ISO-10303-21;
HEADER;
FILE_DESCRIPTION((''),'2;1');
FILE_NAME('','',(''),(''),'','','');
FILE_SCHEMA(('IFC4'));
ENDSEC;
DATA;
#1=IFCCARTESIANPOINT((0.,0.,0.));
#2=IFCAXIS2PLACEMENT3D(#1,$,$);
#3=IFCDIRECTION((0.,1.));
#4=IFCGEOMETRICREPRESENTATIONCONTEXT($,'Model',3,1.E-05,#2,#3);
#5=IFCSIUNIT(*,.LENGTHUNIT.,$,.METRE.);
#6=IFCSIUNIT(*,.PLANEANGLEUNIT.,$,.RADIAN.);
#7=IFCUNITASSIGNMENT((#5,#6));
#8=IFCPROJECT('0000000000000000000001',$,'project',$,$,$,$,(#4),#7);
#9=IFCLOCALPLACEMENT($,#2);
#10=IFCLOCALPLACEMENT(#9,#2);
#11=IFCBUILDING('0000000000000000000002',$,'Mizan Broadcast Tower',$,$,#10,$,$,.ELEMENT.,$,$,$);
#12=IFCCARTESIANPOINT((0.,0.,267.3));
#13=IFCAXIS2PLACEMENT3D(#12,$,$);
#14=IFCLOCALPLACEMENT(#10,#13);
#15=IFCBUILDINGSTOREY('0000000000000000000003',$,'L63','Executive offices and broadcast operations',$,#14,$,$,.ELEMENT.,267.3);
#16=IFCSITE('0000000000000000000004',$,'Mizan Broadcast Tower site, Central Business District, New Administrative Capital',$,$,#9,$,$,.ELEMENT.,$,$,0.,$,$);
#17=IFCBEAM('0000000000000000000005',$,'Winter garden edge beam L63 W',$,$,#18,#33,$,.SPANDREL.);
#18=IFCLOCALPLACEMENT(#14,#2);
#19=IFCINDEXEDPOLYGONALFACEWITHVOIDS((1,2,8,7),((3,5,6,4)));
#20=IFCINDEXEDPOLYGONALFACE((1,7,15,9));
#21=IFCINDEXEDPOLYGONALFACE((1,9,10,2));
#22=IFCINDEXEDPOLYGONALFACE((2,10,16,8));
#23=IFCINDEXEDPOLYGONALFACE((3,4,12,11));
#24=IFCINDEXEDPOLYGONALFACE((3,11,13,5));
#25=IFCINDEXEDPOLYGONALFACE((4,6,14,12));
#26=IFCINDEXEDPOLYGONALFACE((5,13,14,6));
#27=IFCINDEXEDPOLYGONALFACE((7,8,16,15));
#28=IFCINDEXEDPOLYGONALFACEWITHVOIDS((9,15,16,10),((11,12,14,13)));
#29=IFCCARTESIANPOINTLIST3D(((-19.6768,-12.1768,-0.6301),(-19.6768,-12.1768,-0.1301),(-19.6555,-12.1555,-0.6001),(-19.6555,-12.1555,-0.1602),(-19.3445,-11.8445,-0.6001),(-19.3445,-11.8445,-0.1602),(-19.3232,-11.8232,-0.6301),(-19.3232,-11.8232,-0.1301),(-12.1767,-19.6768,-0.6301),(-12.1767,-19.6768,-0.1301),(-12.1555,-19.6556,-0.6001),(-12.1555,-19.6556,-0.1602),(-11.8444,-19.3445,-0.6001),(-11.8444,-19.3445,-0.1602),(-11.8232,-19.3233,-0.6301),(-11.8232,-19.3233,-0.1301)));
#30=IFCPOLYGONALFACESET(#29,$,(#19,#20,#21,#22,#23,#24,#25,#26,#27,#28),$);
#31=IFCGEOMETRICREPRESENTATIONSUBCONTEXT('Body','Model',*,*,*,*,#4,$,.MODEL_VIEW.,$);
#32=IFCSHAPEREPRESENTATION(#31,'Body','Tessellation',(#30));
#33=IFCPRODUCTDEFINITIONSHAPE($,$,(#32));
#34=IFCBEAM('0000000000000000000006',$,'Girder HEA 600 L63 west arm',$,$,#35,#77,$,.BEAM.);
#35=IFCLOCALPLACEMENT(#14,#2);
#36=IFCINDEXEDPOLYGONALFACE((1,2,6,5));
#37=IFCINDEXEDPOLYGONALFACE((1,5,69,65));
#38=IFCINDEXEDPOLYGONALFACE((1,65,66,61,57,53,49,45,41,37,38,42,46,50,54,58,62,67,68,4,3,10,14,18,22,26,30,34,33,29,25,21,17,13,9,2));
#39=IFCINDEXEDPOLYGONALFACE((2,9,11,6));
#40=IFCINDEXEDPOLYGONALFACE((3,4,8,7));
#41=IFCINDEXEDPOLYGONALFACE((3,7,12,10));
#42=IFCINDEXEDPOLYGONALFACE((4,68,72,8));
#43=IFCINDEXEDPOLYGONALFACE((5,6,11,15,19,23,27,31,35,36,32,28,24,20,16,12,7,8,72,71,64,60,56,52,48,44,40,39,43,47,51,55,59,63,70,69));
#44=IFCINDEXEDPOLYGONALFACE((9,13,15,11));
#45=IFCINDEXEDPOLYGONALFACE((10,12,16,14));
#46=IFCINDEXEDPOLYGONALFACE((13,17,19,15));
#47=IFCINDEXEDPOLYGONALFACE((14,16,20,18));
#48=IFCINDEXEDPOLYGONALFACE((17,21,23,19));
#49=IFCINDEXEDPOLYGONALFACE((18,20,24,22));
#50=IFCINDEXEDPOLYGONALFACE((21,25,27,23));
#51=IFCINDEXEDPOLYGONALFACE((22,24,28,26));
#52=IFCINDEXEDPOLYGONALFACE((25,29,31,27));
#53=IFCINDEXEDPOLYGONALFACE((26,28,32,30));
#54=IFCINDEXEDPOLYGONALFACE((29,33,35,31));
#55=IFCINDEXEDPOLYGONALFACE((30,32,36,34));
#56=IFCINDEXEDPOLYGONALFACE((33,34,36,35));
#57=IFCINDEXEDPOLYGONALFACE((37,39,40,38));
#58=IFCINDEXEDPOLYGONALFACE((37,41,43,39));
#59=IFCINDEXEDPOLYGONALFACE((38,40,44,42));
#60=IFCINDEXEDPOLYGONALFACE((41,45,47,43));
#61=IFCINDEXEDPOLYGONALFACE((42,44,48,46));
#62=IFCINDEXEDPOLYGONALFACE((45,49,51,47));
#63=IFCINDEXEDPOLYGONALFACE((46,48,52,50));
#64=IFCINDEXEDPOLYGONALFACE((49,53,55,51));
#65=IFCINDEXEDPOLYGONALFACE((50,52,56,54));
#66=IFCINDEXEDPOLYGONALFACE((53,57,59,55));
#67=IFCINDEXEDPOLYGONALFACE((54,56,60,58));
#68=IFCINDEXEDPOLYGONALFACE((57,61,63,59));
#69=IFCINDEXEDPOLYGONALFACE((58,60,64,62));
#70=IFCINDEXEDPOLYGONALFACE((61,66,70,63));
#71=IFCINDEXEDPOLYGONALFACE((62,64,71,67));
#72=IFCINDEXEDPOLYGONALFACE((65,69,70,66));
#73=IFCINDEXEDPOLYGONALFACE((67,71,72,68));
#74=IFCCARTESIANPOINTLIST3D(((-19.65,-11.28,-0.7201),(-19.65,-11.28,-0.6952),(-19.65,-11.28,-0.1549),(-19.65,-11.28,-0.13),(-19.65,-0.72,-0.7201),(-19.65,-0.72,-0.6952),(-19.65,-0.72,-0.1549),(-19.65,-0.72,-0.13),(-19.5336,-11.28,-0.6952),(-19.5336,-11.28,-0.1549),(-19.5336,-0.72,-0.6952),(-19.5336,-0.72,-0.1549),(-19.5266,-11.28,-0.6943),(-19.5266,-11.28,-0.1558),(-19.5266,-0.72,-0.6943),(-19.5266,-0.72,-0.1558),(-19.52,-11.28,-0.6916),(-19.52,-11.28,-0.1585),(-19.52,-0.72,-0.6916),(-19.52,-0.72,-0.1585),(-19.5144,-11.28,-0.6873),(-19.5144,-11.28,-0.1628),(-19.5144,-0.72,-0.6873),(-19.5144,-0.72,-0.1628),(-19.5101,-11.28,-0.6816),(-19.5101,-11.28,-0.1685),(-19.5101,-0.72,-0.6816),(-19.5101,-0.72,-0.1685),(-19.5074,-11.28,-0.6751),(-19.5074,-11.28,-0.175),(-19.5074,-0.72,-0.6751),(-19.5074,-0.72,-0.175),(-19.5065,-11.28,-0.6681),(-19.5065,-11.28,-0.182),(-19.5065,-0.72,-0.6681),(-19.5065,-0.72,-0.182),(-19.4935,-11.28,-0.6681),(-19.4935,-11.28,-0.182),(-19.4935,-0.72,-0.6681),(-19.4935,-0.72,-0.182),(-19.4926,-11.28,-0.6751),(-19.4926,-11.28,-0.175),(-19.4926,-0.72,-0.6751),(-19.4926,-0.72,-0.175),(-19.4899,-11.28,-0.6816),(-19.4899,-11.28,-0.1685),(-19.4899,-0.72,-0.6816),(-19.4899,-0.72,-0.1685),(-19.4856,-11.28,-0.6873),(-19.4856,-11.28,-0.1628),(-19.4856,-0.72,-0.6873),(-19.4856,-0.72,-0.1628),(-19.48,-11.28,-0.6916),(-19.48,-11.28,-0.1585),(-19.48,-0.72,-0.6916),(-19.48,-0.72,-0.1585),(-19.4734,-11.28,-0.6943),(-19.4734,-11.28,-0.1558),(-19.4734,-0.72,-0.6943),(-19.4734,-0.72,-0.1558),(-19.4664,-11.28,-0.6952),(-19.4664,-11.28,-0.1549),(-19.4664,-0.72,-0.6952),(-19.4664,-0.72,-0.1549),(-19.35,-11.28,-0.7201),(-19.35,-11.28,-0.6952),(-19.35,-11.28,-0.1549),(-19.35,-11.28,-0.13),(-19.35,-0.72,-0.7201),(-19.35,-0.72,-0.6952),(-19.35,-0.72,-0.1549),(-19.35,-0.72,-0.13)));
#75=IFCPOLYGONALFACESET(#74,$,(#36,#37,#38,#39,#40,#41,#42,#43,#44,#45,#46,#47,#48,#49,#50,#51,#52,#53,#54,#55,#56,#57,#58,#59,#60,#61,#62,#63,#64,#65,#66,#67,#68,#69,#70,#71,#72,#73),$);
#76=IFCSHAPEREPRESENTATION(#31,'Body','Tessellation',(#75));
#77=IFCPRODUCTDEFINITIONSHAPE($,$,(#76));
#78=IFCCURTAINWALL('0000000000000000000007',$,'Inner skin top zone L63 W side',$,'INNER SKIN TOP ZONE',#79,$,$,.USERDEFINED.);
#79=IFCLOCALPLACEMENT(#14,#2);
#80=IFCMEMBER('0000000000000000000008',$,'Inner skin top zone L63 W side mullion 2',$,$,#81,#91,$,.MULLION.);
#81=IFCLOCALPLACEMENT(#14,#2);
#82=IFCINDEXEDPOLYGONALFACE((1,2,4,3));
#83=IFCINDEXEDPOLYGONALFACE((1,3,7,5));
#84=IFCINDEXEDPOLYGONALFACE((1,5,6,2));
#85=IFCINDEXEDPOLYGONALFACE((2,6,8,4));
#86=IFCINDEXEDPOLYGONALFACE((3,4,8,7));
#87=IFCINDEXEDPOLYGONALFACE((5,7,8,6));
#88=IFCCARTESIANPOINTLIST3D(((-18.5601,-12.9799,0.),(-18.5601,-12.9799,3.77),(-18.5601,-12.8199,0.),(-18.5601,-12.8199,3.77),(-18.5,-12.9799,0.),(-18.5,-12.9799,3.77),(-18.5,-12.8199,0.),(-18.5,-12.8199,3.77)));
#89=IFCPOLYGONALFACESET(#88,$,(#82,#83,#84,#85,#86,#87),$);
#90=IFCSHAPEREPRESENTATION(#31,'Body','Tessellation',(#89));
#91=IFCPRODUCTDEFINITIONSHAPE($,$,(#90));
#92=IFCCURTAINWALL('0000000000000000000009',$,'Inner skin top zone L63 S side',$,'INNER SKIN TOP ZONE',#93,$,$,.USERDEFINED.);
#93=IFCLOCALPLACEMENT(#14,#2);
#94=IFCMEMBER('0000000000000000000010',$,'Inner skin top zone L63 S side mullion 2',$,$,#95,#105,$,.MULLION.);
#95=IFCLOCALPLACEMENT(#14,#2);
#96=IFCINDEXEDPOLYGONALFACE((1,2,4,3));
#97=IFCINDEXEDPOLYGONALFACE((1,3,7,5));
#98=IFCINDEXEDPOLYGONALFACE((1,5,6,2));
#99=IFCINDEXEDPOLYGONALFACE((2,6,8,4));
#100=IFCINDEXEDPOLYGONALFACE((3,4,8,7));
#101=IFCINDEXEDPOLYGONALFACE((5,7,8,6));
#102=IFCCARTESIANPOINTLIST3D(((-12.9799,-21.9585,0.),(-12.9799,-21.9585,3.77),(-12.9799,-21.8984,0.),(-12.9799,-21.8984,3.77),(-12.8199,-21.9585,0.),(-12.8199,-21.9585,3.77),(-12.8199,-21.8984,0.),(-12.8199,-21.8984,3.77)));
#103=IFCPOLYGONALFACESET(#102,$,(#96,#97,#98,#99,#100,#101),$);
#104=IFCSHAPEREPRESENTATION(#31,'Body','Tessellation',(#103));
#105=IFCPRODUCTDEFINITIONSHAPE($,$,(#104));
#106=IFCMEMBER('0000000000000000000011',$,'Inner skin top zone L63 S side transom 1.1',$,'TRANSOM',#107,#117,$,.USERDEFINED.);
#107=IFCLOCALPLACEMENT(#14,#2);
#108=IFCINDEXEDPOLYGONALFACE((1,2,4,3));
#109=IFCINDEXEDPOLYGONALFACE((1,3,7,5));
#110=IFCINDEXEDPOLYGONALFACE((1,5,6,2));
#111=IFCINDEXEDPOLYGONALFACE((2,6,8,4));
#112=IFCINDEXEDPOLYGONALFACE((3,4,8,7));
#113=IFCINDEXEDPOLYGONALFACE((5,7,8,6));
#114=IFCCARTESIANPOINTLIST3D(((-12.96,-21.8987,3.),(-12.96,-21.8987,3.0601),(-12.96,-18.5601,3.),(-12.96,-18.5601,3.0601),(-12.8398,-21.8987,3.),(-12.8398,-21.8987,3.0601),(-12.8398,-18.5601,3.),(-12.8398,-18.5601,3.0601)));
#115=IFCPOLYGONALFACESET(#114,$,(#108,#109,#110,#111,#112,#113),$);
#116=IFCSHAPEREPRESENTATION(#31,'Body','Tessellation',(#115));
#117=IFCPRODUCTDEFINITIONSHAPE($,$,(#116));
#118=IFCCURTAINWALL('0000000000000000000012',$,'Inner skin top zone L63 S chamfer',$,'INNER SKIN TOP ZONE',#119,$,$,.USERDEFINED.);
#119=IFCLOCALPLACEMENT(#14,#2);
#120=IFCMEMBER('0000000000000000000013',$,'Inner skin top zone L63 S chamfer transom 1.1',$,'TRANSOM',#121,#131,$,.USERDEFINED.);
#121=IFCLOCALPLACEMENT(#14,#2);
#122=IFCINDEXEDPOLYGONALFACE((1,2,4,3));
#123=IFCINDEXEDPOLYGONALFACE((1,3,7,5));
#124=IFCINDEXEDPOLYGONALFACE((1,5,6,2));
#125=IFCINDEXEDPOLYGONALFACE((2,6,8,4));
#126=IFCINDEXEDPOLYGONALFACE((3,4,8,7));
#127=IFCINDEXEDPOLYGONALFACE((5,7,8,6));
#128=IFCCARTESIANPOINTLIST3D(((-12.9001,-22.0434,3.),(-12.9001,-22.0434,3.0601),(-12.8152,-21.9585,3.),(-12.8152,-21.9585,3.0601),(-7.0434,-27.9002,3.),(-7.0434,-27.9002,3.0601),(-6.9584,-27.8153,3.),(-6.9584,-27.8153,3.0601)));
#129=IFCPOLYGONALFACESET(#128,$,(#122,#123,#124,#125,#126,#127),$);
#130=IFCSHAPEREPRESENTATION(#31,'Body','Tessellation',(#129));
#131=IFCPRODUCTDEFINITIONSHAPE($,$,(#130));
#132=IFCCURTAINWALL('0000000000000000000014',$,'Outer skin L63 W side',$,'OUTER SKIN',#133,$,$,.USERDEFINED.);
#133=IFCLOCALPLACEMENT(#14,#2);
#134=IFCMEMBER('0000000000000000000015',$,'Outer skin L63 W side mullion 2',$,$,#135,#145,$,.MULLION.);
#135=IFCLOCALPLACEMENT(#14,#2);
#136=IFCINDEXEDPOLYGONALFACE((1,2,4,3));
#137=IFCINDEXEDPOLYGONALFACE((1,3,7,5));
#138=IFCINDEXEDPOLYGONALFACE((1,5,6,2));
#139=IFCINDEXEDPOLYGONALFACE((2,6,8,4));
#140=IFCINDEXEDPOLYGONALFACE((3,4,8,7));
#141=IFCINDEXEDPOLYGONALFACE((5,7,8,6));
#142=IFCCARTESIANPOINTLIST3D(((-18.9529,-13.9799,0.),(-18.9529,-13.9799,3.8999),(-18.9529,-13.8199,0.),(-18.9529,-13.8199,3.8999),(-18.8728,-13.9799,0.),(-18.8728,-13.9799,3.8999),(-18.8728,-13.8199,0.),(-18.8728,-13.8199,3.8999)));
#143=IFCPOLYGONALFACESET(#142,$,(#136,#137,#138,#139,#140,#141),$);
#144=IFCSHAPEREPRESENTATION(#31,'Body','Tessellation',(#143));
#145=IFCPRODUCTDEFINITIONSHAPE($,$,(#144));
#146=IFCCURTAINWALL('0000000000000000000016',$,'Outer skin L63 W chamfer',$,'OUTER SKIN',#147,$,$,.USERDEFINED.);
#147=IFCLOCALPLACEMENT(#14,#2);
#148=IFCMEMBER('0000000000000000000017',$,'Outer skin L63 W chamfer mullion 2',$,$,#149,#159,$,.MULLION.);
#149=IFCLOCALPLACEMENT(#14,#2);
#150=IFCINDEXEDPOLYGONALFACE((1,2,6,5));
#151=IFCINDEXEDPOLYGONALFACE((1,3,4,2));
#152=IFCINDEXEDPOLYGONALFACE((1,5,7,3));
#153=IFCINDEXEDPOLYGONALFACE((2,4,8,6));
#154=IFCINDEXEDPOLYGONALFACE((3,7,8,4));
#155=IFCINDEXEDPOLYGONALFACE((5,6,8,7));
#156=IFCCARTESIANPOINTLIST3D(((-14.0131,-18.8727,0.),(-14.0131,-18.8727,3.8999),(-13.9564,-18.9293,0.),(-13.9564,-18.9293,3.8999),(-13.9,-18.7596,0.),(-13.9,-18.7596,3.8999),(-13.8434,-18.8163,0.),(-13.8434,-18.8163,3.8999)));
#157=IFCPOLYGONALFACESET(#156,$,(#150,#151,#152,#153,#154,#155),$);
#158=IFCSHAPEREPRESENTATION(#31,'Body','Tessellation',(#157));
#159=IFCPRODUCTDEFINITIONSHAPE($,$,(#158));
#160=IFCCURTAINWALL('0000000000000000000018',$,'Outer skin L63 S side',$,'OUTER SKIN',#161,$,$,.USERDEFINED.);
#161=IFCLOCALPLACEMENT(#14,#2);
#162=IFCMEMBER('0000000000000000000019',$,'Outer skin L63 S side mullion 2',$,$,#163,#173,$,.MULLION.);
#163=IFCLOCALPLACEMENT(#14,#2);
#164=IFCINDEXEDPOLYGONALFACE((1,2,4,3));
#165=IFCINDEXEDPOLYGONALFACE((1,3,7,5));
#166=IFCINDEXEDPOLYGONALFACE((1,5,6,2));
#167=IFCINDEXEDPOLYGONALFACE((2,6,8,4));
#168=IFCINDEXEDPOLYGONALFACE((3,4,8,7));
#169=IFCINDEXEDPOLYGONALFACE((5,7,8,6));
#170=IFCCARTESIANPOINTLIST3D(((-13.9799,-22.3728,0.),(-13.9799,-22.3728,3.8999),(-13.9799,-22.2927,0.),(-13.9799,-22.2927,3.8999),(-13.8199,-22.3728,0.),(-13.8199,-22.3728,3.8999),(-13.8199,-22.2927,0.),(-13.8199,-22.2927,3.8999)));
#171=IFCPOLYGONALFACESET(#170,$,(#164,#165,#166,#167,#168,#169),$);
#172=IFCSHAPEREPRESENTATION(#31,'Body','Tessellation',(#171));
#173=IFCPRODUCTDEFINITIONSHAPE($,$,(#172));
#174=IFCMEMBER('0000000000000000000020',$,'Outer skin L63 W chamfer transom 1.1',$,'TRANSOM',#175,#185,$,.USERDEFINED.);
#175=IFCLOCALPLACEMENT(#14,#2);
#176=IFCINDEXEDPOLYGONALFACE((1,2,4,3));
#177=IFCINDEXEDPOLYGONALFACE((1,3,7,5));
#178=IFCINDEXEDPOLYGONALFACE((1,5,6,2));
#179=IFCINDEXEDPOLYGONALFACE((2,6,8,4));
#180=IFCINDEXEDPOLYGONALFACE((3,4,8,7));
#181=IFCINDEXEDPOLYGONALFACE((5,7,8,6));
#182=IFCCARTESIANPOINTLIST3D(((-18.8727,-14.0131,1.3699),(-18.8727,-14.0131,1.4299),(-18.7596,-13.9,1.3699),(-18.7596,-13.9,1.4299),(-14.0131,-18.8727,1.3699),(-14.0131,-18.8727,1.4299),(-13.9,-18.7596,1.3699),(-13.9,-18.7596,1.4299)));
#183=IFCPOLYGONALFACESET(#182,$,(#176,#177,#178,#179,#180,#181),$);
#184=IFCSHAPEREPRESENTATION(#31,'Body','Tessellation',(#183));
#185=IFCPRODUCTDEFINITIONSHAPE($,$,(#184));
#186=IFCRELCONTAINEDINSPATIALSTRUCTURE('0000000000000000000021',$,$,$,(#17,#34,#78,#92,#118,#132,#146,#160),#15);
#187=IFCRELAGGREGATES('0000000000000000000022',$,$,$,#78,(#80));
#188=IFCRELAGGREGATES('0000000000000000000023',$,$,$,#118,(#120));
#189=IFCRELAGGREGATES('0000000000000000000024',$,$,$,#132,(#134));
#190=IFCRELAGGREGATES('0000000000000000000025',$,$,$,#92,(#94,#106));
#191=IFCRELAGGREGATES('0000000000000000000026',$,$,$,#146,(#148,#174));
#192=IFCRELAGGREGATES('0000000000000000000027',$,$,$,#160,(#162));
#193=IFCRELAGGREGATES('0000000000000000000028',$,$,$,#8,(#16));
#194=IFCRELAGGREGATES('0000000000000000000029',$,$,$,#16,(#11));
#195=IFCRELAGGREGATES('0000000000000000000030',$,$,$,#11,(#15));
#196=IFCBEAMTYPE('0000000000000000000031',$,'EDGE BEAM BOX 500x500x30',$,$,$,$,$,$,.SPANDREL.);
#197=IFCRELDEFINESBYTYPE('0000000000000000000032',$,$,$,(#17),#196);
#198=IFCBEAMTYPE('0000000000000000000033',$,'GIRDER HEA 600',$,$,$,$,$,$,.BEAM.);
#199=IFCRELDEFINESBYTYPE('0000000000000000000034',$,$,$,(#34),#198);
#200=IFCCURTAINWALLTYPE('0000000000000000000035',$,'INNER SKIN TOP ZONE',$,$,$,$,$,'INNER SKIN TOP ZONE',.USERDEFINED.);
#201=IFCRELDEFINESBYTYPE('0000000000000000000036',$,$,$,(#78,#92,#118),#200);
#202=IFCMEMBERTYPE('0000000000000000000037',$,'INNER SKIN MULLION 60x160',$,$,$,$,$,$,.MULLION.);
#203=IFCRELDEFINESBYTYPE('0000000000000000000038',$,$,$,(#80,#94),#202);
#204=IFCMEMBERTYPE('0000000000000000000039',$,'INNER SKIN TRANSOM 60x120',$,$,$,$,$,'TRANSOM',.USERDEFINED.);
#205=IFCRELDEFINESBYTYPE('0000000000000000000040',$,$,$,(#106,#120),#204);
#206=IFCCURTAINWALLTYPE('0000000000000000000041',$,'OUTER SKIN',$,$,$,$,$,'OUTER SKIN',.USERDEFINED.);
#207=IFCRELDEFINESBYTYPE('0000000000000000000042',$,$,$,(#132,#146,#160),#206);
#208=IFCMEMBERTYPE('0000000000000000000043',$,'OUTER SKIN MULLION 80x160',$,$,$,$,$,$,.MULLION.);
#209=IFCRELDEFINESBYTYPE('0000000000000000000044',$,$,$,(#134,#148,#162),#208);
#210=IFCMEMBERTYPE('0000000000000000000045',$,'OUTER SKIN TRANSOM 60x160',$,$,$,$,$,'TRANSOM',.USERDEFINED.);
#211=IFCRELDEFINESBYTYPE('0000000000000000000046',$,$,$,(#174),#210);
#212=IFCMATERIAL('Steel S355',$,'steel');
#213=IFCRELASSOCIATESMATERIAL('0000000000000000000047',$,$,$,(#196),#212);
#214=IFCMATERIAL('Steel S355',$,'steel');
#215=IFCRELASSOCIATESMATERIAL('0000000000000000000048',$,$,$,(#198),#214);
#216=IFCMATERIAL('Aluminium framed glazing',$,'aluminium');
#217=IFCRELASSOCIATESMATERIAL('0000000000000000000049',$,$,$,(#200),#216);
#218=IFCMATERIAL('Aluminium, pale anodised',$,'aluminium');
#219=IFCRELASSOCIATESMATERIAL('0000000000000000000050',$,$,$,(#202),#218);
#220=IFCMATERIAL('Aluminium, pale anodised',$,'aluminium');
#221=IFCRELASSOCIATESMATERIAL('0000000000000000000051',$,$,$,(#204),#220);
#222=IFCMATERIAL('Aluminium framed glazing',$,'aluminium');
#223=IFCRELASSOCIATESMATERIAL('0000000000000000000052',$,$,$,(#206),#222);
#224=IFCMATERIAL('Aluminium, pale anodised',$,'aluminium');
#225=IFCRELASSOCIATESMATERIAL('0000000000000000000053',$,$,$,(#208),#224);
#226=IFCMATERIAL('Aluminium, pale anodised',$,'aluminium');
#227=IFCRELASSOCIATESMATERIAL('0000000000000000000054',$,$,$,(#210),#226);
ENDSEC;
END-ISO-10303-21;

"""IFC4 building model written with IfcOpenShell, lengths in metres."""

from ifc_helpers import new_model, si_unit, direction, frame, origin, origin_2d, place, context, subcontext, project, spatial, rectangle, hollow_rectangle, i_section, extrude, material, material_profile, profile_set, type_object, element, aggregate, save


model = new_model("IFC4")

# Units and contexts
model_context = context("Model", 3, precision=1e-05, world=origin(), true_north=direction((0.0, 1.0)))
body_context = subcontext(model_context, "Body", "Model", "MODEL_VIEW")
ifc_project = project(units=[si_unit("LENGTHUNIT", "METRE"), si_unit("PLANEANGLEUNIT", "RADIAN")], contexts=[model_context])

# Site, building, storey
site_placement = place(None, origin())
site = spatial("IfcSite", under=ifc_project, at=site_placement, Name="Mizan Broadcast Tower site, Central Business District, New Administrative Capital", CompositionType="ELEMENT", RefElevation=0.0)
building_placement = place(site_placement, origin())
building = spatial("IfcBuilding", under=site, at=building_placement, Name="Mizan Broadcast Tower", CompositionType="ELEMENT")
storey_placement = place(building_placement, frame((0.0, 0.0, 267.3)))
storey = spatial("IfcBuildingStorey", under=building, at=storey_placement, Name="L63", Description="Executive offices and broadcast operations", CompositionType="ELEMENT", Elevation=267.3)

# Beams
ifc_material_1 = material(Name="Steel S355", Category="steel")
ifc_material_profile_1 = material_profile(ifc_material_1, hollow_rectangle(XDim=0.5, YDim=0.5, WallThickness=0.03, at=origin_2d()), Name="BOX 500x500x30")
ifc_profile_set_1 = profile_set([ifc_material_profile_1], Name="Steel S355")
beam_type_1 = type_object("IfcBeamType", Name="EDGE BEAM BOX 500x500x30", PredefinedType="SPANDREL", material=ifc_profile_set_1)
beam_1_placement = place(storey_placement, frame((-19.5, -12.0, -0.3801), z_axis=(0.707107, -0.707107, 0.0), x_axis=(0.707107, 0.707107, 0.0)))
element("IfcBeam", 1, at=beam_1_placement, inside=storey, type_object=beam_type_1, Name="Winter garden edge beam L63 W", PredefinedType="SPANDREL", context=body_context, shape_type="SweptSolid", body=[
    extrude(hollow_rectangle(XDim=0.5, YDim=0.5, WallThickness=0.03, at=origin_2d()), origin(), (0.0, 0.0, 1.0), 10.6067),
])
ifc_material_2 = material(Name="Steel S355", Category="steel")
ifc_material_profile_2 = material_profile(ifc_material_2, i_section(OverallWidth=0.3, OverallDepth=0.5901, WebThickness=0.0129, FlangeThickness=0.0249, FilletRadius=0.0271, at=origin_2d()), Name="HEA 600")
ifc_profile_set_2 = profile_set([ifc_material_profile_2], Name="Steel S355")
beam_type_2 = type_object("IfcBeamType", Name="GIRDER HEA 600", PredefinedType="BEAM", material=ifc_profile_set_2)
beam_2_placement = place(storey_placement, frame((-19.5, -11.28, -0.425), z_axis=(0.0, 1.0, 0.0), x_axis=(-1.0, 0.0, 0.0)))
element("IfcBeam", 2, at=beam_2_placement, inside=storey, type_object=beam_type_2, Name="Girder HEA 600 L63 west arm", PredefinedType="BEAM", context=body_context, shape_type="SweptSolid", body=[
    extrude(i_section(OverallWidth=0.3, OverallDepth=0.5901, WebThickness=0.0129, FlangeThickness=0.0249, FilletRadius=0.0271, at=origin_2d()), origin(), (0.0, 0.0, 1.0), 10.5601),
])

# Curtain wall, member
ifc_material_3 = material(Name="Aluminium framed glazing", Category="aluminium")
curtain_wall_type_1 = type_object("IfcCurtainWallType", Name="INNER SKIN TOP ZONE", ElementType="INNER SKIN TOP ZONE", PredefinedType="USERDEFINED", material=ifc_material_3)
curtain_wall_1_placement = place(storey_placement, origin())
curtain_wall_1 = element("IfcCurtainWall", 3, at=curtain_wall_1_placement, inside=storey, type_object=curtain_wall_type_1, Name="Inner skin top zone L63 W side", ObjectType="INNER SKIN TOP ZONE", PredefinedType="USERDEFINED")
ifc_material_4 = material(Name="Aluminium, pale anodised", Category="aluminium")
ifc_material_profile_3 = material_profile(ifc_material_4, rectangle(XDim=0.1599, YDim=0.0601, at=origin_2d()), Name="MULLION 160x60")
ifc_profile_set_3 = profile_set([ifc_material_profile_3], Name="Aluminium, pale anodised")
member_type_1 = type_object("IfcMemberType", Name="INNER SKIN MULLION 60x160", PredefinedType="MULLION", material=ifc_profile_set_3)
member_1_placement = place(storey_placement, frame((-18.53, -12.8999, 0.0), z_axis=(0.0, 0.0, 1.0), x_axis=(0.0, 1.0, 0.0)))
member_1 = element("IfcMember", 4, at=member_1_placement, type_object=member_type_1, Name="Inner skin top zone L63 W side mullion 2", PredefinedType="MULLION", context=body_context, shape_type="SweptSolid", body=[
    extrude(rectangle(XDim=0.1599, YDim=0.0601, at=origin_2d()), origin(), (0.0, 0.0, 1.0), 3.77),
])
aggregate(curtain_wall_1, [member_1])

# Curtain wall, members
curtain_wall_2_placement = place(storey_placement, origin())
curtain_wall_2 = element("IfcCurtainWall", 5, at=curtain_wall_2_placement, inside=storey, type_object=curtain_wall_type_1, Name="Inner skin top zone L63 S side", ObjectType="INNER SKIN TOP ZONE", PredefinedType="USERDEFINED")
member_2_placement = place(storey_placement, frame((-12.8999, -21.9285, 0.0), z_axis=(0.0, 0.0, 1.0), x_axis=(1.0, 0.0, 0.0)))
member_2 = element("IfcMember", 6, at=member_2_placement, type_object=member_type_1, Name="Inner skin top zone L63 S side mullion 2", PredefinedType="MULLION", context=body_context, shape_type="SweptSolid", body=[
    extrude(rectangle(XDim=0.1599, YDim=0.0601, at=origin_2d()), origin(), (0.0, 0.0, 1.0), 3.77),
])
ifc_material_5 = material(Name="Aluminium, pale anodised", Category="aluminium")
ifc_material_profile_4 = material_profile(ifc_material_5, rectangle(XDim=0.1201, YDim=0.0601, at=origin_2d()), Name="TRANSOM 120x60")
ifc_profile_set_4 = profile_set([ifc_material_profile_4], Name="Aluminium, pale anodised")
member_type_2 = type_object("IfcMemberType", Name="INNER SKIN TRANSOM 60x120", ElementType="TRANSOM", PredefinedType="USERDEFINED", material=ifc_profile_set_4)
member_3_placement = place(storey_placement, frame((-12.8999, -18.5601, 3.03), z_axis=(0.0, -1.0, 0.0), x_axis=(1.0, 0.0, 0.0)))
member_3 = element("IfcMember", 7, at=member_3_placement, type_object=member_type_2, Name="Inner skin top zone L63 S side transom 1.1", ObjectType="TRANSOM", PredefinedType="USERDEFINED", context=body_context, shape_type="SweptSolid", body=[
    extrude(rectangle(XDim=0.1201, YDim=0.0601, at=origin_2d()), origin(), (0.0, 0.0, 1.0), 3.3386),
])

# Curtain walls, members
curtain_wall_3_placement = place(storey_placement, origin())
curtain_wall_3 = element("IfcCurtainWall", 8, at=curtain_wall_3_placement, inside=storey, type_object=curtain_wall_type_1, Name="Inner skin top zone L63 S chamfer", ObjectType="INNER SKIN TOP ZONE", PredefinedType="USERDEFINED")
member_4_placement = place(storey_placement, frame((-12.8577, -22.001, 3.03), z_axis=(0.707107, -0.707107, 0.0), x_axis=(0.707107, 0.707107, 0.0)))
member_4 = element("IfcMember", 9, at=member_4_placement, type_object=member_type_2, Name="Inner skin top zone L63 S chamfer transom 1.1", ObjectType="TRANSOM", PredefinedType="USERDEFINED", context=body_context, shape_type="SweptSolid", body=[
    extrude(rectangle(XDim=0.1201, YDim=0.0601, at=origin_2d()), origin(), (0.0, 0.0, 1.0), 8.2827),
])
aggregate(curtain_wall_3, [member_4])
ifc_material_6 = material(Name="Aluminium framed glazing", Category="aluminium")
curtain_wall_type_2 = type_object("IfcCurtainWallType", Name="OUTER SKIN", ElementType="OUTER SKIN", PredefinedType="USERDEFINED", material=ifc_material_6)
curtain_wall_4_placement = place(storey_placement, origin())
curtain_wall_4 = element("IfcCurtainWall", 10, at=curtain_wall_4_placement, inside=storey, type_object=curtain_wall_type_2, Name="Outer skin L63 W side", ObjectType="OUTER SKIN", PredefinedType="USERDEFINED")
ifc_material_7 = material(Name="Aluminium, pale anodised", Category="aluminium")
ifc_material_profile_5 = material_profile(ifc_material_7, rectangle(XDim=0.1599, YDim=0.0801, at=origin_2d()), Name="MULLION 160x80")
ifc_profile_set_5 = profile_set([ifc_material_profile_5], Name="Aluminium, pale anodised")
member_type_3 = type_object("IfcMemberType", Name="OUTER SKIN MULLION 80x160", PredefinedType="MULLION", material=ifc_profile_set_5)
member_5_placement = place(storey_placement, frame((-18.9128, -13.8999, 0.0), z_axis=(0.0, 0.0, 1.0), x_axis=(0.0, 1.0, 0.0)))
member_5 = element("IfcMember", 11, at=member_5_placement, type_object=member_type_3, Name="Outer skin L63 W side mullion 2", PredefinedType="MULLION", context=body_context, shape_type="SweptSolid", body=[
    extrude(rectangle(XDim=0.1599, YDim=0.0801, at=origin_2d()), origin(), (0.0, 0.0, 1.0), 3.8999),
])
aggregate(curtain_wall_4, [member_5])
curtain_wall_5_placement = place(storey_placement, origin())
curtain_wall_5 = element("IfcCurtainWall", 12, at=curtain_wall_5_placement, inside=storey, type_object=curtain_wall_type_2, Name="Outer skin L63 W chamfer", ObjectType="OUTER SKIN", PredefinedType="USERDEFINED")
member_6_placement = place(storey_placement, frame((-13.9282, -18.8445, 0.0), z_axis=(0.0, 0.0, 1.0), x_axis=(0.707107, 0.707107, 0.0)))
member_6 = element("IfcMember", 13, at=member_6_placement, type_object=member_type_3, Name="Outer skin L63 W chamfer mullion 2", PredefinedType="MULLION", context=body_context, shape_type="SweptSolid", body=[
    extrude(rectangle(XDim=0.1599, YDim=0.0801, at=origin_2d()), origin(), (0.0, 0.0, 1.0), 3.8999),
])
curtain_wall_6_placement = place(storey_placement, origin())
curtain_wall_6 = element("IfcCurtainWall", 14, at=curtain_wall_6_placement, inside=storey, type_object=curtain_wall_type_2, Name="Outer skin L63 S side", ObjectType="OUTER SKIN", PredefinedType="USERDEFINED")
member_7_placement = place(storey_placement, frame((-13.8999, -22.3328, 0.0), z_axis=(0.0, 0.0, 1.0), x_axis=(1.0, 0.0, 0.0)))
member_7 = element("IfcMember", 15, at=member_7_placement, type_object=member_type_3, Name="Outer skin L63 S side mullion 2", PredefinedType="MULLION", context=body_context, shape_type="SweptSolid", body=[
    extrude(rectangle(XDim=0.1599, YDim=0.0801, at=origin_2d()), origin(), (0.0, 0.0, 1.0), 3.8999),
])

# Member
ifc_material_8 = material(Name="Aluminium, pale anodised", Category="aluminium")
ifc_material_profile_6 = material_profile(ifc_material_8, rectangle(XDim=0.1599, YDim=0.0601, at=origin_2d()), Name="TRANSOM 160x60")
ifc_profile_set_6 = profile_set([ifc_material_profile_6], Name="Aluminium, pale anodised")
member_type_4 = type_object("IfcMemberType", Name="OUTER SKIN TRANSOM 60x160", ElementType="TRANSOM", PredefinedType="USERDEFINED", material=ifc_profile_set_6)
member_8_placement = place(storey_placement, frame((-18.8162, -13.9565, 1.3999), z_axis=(0.707107, -0.707107, 0.0), x_axis=(0.707107, 0.707107, 0.0)))
member_8 = element("IfcMember", 16, at=member_8_placement, type_object=member_type_4, Name="Outer skin L63 W chamfer transom 1.1", ObjectType="TRANSOM", PredefinedType="USERDEFINED", context=body_context, shape_type="SweptSolid", body=[
    extrude(rectangle(XDim=0.1599, YDim=0.0601, at=origin_2d()), origin(), (0.0, 0.0, 1.0), 6.8726),
])

aggregate(curtain_wall_2, [member_2, member_3])
aggregate(curtain_wall_5, [member_6, member_8])
aggregate(curtain_wall_6, [member_7])

save(model, "model.ifc")
